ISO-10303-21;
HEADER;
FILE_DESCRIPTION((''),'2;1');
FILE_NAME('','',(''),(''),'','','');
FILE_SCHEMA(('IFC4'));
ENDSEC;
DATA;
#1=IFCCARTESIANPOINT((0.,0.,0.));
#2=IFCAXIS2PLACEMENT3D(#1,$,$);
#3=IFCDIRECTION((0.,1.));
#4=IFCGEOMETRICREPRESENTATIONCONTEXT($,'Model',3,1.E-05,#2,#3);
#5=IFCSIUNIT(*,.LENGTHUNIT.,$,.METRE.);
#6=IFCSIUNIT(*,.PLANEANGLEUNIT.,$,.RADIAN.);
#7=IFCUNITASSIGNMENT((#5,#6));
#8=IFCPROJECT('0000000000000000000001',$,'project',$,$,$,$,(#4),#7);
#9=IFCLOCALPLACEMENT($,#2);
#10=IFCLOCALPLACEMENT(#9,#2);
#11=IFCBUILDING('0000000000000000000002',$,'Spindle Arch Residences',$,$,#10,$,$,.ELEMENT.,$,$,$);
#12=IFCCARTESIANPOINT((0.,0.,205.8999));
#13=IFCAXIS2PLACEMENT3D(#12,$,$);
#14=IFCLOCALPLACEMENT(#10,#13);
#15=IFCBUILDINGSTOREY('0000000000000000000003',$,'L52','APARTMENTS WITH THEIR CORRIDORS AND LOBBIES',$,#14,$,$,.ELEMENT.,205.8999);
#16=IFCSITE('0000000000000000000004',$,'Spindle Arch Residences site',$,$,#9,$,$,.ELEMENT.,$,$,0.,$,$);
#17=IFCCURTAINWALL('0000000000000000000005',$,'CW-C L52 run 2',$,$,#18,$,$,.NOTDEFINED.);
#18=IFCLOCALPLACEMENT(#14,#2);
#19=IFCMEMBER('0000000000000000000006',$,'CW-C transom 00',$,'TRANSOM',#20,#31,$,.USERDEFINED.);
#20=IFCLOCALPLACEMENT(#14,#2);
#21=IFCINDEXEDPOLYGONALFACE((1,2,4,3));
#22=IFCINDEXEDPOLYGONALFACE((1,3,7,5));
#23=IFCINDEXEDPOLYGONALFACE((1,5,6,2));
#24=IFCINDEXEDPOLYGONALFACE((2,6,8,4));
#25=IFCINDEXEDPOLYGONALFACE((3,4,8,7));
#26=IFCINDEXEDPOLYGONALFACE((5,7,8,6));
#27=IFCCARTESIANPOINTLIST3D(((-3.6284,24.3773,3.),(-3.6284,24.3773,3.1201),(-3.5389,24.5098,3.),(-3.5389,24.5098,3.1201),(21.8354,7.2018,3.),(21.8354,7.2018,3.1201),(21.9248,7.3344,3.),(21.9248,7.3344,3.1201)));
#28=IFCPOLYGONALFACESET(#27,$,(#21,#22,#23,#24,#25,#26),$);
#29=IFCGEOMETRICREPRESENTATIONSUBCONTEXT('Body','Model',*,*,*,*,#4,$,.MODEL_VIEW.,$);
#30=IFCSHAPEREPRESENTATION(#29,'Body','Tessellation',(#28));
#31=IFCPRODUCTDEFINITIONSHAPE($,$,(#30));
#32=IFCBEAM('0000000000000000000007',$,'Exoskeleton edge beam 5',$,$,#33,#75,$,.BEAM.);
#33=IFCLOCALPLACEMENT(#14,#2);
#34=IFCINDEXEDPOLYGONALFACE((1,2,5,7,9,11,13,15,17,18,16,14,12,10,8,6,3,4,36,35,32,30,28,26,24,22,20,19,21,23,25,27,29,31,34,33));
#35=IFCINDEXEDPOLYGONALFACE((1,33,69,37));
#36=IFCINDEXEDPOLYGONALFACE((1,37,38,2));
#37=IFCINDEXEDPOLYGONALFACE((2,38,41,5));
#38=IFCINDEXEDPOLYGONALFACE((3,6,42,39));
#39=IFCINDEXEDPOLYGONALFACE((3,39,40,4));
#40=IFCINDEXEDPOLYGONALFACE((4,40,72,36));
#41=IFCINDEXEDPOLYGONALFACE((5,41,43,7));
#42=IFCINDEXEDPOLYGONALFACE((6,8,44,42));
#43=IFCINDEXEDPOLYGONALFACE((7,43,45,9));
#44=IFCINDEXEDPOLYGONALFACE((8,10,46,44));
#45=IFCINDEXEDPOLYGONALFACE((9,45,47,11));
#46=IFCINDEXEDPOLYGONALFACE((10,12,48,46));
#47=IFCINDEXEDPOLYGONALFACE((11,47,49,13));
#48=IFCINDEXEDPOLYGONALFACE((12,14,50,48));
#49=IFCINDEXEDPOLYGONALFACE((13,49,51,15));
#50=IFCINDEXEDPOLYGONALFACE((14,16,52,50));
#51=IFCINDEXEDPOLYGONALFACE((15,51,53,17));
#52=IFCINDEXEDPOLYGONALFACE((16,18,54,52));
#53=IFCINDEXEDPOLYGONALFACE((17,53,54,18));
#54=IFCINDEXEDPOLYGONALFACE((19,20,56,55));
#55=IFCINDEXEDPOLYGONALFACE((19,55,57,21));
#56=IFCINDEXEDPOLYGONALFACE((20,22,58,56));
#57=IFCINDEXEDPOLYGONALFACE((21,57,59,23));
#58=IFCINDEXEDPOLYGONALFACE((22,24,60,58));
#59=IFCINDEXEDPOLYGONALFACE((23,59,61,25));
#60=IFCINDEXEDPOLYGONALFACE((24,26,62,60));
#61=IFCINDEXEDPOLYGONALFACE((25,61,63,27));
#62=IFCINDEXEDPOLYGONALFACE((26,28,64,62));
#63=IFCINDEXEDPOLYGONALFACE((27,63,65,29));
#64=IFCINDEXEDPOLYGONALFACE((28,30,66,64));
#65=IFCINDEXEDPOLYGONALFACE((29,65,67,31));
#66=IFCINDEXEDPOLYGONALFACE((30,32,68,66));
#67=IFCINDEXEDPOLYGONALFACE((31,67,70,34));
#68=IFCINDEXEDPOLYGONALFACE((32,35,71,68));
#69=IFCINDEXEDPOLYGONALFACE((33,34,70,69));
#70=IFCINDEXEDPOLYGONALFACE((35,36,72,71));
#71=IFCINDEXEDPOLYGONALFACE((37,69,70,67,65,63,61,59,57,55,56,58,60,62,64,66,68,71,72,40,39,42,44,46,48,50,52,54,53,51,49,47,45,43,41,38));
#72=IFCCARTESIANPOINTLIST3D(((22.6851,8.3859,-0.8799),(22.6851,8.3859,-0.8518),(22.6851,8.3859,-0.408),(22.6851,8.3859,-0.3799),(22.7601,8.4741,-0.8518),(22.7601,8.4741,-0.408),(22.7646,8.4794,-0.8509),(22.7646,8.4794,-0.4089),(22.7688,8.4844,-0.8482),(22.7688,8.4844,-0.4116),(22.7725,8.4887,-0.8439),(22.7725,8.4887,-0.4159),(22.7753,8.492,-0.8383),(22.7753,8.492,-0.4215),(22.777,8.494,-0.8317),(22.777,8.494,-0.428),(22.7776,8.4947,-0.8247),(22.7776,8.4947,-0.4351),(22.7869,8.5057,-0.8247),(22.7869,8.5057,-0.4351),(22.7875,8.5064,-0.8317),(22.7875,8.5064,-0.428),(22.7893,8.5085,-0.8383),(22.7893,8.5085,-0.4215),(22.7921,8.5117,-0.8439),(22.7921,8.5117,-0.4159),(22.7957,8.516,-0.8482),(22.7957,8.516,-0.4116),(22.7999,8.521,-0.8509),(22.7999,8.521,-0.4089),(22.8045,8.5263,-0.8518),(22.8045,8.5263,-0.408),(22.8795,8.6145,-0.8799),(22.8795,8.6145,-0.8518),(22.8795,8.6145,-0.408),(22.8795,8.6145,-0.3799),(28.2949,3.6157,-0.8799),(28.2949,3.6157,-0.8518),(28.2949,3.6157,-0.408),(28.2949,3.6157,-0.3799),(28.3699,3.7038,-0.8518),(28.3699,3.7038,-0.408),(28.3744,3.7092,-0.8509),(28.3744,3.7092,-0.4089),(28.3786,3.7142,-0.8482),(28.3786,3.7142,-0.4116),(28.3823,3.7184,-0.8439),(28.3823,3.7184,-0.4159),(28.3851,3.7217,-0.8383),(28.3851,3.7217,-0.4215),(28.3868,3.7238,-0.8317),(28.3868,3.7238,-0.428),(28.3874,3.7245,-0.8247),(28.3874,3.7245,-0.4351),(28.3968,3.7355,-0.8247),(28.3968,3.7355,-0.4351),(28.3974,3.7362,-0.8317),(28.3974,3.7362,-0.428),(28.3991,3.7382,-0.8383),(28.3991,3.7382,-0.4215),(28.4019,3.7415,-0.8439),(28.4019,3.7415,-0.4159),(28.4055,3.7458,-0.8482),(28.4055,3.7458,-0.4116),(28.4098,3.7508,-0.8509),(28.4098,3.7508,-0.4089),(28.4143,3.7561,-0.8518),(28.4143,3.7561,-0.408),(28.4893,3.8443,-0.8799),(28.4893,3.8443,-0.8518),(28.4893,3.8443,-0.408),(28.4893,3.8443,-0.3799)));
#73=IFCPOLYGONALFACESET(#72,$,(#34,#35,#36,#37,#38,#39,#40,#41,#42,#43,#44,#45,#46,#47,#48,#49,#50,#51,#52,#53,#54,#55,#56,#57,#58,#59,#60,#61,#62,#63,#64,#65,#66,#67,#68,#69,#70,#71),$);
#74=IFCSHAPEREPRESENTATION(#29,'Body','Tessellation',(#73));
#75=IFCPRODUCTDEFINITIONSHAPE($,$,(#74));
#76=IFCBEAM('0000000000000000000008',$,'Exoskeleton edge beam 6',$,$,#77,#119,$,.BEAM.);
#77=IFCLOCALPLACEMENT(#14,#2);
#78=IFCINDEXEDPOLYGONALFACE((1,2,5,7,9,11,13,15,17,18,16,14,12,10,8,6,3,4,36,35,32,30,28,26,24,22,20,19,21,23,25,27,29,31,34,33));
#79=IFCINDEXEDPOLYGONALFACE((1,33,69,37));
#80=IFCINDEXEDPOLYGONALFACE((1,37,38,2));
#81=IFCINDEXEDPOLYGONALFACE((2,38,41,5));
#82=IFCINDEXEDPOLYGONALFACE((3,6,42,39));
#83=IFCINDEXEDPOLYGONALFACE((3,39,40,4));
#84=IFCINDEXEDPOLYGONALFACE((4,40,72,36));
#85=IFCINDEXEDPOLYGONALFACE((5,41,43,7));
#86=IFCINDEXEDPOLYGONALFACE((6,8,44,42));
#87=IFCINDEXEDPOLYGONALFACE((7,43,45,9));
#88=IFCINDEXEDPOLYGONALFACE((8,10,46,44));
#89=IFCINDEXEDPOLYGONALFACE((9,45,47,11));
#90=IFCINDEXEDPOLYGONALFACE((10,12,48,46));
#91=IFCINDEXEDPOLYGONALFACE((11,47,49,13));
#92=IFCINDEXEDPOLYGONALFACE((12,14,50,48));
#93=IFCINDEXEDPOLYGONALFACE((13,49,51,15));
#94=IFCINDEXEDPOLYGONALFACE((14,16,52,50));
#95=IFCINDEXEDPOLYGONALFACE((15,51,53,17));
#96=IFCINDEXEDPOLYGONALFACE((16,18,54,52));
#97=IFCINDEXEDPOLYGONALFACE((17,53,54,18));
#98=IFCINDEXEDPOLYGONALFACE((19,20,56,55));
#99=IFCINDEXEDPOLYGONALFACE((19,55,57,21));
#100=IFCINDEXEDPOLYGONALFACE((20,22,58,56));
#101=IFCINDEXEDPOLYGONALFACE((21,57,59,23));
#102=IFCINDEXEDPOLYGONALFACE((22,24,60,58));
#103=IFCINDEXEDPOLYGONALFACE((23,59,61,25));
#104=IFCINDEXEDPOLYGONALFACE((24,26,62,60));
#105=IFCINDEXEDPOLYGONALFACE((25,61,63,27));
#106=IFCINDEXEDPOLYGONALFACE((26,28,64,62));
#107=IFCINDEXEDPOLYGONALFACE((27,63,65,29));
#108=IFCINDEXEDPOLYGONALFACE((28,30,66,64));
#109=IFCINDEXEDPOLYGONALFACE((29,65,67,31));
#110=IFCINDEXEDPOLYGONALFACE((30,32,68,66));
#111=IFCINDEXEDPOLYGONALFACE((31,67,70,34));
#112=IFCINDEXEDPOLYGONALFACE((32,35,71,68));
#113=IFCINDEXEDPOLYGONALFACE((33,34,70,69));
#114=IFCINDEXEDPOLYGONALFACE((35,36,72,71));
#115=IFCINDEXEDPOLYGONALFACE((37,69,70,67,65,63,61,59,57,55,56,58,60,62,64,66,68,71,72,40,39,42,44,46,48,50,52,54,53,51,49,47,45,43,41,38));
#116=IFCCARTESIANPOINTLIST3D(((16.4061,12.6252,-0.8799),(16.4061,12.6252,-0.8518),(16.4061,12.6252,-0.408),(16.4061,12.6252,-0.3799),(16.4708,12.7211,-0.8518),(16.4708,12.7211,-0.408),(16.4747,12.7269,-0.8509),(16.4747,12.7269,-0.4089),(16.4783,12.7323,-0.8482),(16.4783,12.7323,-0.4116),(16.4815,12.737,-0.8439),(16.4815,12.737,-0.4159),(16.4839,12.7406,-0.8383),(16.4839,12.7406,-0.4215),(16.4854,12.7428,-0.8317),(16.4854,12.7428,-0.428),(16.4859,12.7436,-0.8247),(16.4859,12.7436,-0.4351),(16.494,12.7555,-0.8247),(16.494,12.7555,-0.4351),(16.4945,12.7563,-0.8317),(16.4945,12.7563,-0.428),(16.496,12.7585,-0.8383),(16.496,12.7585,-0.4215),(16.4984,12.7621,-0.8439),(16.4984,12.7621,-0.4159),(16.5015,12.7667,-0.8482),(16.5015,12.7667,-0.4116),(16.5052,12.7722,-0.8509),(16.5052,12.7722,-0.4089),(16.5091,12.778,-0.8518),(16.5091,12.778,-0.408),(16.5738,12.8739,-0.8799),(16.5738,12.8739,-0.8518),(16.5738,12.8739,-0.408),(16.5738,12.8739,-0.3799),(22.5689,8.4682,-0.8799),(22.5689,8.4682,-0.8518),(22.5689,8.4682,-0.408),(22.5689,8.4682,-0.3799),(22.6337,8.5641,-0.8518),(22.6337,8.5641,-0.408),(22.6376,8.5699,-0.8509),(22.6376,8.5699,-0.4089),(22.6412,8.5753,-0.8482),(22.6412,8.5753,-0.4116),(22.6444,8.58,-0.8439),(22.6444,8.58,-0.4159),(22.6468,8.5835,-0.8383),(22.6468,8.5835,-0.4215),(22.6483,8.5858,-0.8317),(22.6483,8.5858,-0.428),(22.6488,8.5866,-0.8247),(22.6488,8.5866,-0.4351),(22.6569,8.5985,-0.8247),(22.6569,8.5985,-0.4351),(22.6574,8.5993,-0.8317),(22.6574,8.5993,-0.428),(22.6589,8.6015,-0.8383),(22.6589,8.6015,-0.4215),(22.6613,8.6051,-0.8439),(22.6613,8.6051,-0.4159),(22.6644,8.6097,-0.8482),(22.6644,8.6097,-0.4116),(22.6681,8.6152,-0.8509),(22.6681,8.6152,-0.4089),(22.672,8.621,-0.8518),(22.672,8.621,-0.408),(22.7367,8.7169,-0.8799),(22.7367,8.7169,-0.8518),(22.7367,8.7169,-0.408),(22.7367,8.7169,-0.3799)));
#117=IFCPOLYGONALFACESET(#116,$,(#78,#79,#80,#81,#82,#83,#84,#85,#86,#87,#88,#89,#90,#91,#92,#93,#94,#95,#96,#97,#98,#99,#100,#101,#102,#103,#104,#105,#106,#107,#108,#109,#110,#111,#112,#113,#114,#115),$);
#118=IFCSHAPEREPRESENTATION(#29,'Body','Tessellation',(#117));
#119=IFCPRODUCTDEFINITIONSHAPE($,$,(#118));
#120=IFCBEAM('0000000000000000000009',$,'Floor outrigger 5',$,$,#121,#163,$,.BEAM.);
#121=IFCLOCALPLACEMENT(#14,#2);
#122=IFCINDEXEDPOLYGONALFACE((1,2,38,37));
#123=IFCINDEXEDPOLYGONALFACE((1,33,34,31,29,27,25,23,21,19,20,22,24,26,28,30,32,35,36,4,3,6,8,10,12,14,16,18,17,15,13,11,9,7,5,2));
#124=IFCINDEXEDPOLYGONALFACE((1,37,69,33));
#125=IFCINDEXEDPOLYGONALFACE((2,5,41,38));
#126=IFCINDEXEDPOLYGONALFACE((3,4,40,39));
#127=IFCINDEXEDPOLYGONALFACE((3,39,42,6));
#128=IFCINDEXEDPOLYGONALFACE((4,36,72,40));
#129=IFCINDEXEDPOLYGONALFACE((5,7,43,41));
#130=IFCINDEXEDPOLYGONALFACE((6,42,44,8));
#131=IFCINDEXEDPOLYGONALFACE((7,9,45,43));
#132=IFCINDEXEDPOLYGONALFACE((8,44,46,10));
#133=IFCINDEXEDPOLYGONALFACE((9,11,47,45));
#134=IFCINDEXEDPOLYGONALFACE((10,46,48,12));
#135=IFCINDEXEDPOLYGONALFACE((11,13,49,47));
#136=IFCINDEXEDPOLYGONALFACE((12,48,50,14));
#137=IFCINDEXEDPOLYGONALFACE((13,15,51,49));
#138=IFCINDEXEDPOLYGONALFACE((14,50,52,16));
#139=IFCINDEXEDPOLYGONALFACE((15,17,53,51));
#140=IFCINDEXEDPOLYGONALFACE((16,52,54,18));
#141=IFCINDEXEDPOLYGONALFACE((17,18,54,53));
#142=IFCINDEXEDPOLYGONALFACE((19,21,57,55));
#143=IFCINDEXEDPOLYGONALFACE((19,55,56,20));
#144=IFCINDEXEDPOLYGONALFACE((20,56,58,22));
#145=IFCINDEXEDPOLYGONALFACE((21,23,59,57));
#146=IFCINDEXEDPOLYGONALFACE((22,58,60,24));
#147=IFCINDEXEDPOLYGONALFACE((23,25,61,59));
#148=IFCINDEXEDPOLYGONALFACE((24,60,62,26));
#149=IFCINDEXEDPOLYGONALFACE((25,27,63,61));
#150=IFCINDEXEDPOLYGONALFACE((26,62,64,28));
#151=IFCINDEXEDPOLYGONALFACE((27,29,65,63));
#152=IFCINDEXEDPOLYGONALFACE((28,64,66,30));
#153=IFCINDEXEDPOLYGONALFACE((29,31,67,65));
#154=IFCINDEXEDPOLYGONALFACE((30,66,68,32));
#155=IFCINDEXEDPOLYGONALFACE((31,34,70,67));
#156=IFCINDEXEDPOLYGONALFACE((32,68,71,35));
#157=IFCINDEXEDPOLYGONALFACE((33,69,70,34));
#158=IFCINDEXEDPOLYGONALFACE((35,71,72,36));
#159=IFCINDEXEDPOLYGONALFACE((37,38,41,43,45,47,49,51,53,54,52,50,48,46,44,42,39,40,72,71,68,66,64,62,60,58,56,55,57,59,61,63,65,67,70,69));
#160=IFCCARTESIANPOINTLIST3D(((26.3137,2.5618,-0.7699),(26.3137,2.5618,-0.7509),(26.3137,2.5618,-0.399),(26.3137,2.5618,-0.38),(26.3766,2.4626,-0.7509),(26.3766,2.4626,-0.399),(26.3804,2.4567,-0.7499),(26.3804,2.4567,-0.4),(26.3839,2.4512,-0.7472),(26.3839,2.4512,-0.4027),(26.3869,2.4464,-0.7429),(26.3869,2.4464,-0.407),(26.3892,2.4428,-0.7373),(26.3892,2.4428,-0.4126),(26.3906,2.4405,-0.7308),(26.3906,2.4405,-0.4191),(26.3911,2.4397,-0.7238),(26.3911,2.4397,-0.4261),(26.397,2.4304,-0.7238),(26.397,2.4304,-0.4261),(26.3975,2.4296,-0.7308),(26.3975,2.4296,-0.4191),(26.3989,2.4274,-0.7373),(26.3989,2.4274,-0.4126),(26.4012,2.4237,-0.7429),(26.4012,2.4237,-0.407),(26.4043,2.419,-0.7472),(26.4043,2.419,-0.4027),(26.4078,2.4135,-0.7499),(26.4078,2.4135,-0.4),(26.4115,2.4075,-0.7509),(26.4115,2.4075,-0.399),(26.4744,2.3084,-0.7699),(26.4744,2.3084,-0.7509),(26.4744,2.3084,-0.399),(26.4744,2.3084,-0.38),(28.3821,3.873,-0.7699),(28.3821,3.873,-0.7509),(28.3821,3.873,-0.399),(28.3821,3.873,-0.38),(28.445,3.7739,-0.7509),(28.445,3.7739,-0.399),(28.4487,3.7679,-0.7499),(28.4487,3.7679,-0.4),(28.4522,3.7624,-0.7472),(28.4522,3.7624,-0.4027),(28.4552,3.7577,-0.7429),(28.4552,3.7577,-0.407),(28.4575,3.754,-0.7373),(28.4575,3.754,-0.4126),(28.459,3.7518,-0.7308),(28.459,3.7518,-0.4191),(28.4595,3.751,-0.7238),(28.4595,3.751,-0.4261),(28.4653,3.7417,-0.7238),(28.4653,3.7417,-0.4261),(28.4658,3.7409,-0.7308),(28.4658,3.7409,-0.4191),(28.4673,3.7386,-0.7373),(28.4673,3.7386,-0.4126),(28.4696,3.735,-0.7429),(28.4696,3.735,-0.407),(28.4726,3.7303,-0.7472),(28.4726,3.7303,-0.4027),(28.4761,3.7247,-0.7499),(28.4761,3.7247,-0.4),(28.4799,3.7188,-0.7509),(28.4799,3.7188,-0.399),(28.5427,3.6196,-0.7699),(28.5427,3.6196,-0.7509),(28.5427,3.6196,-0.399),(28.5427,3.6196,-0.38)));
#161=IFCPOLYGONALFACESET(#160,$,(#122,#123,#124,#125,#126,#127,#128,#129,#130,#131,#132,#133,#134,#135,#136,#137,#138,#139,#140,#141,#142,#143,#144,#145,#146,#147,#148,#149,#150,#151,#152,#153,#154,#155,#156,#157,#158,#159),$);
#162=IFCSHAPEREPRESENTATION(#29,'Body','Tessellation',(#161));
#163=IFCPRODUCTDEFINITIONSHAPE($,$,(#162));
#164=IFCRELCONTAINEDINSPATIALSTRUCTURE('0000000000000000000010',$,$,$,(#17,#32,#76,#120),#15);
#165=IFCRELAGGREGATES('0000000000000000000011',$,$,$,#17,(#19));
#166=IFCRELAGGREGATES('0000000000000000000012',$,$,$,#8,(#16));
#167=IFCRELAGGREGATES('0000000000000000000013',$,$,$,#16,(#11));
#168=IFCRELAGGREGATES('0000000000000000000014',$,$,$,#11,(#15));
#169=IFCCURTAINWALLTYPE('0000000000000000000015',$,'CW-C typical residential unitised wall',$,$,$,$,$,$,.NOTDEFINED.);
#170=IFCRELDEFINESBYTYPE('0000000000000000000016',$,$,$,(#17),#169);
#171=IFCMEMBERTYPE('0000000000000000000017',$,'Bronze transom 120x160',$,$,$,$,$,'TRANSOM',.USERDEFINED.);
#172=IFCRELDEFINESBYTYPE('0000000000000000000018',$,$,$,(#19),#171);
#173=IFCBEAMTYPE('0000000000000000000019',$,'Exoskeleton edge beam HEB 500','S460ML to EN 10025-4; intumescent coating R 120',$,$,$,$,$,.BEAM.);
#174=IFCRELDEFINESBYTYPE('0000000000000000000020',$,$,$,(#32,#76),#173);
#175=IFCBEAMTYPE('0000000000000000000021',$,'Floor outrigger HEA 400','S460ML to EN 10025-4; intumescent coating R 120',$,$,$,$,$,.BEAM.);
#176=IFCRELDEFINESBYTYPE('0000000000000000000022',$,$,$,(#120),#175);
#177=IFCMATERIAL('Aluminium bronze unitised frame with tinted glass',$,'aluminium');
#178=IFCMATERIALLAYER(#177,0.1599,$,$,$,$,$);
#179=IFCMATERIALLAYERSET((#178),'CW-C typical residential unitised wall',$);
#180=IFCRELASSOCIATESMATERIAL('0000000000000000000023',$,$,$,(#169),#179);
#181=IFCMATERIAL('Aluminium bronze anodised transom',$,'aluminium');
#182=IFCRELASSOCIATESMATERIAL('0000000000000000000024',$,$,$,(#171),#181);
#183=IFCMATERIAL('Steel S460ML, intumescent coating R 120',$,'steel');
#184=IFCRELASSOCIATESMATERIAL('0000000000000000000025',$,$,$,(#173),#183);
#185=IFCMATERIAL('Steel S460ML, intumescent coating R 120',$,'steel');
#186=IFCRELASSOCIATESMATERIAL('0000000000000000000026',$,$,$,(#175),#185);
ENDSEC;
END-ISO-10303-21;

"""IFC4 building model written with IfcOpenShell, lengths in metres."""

from ifc_helpers import new_model, si_unit, direction, frame, origin, origin_2d, place, context, subcontext, project, spatial, rectangle, i_section, extrude, material, layer, layer_set, material_profile, profile_set, type_object, element, aggregate, save


model = new_model("IFC4")

# Units and contexts
model_context = context("Model", 3, precision=1e-05, world=origin(), true_north=direction((0.0, 1.0)))
body_context = subcontext(model_context, "Body", "Model", "MODEL_VIEW")
ifc_project = project(units=[si_unit("LENGTHUNIT", "METRE"), si_unit("PLANEANGLEUNIT", "RADIAN")], contexts=[model_context])

# Site, building, storey
site_placement = place(None, origin())
site = spatial("IfcSite", under=ifc_project, at=site_placement, Name="Spindle Arch Residences site", CompositionType="ELEMENT", RefElevation=0.0)
building_placement = place(site_placement, origin())
building = spatial("IfcBuilding", under=site, at=building_placement, Name="Spindle Arch Residences", CompositionType="ELEMENT")
storey_placement = place(building_placement, frame((0.0, 0.0, 205.8999)))
storey = spatial("IfcBuildingStorey", under=building, at=storey_placement, Name="L52", Description="APARTMENTS WITH THEIR CORRIDORS AND LOBBIES", CompositionType="ELEMENT", Elevation=205.8999)

# Curtain wall
ifc_material_1 = material(Name="Aluminium bronze unitised frame with tinted glass", Category="aluminium")
ifc_layer_1 = layer(ifc_material_1, 0.1599)
ifc_layer_set_1 = layer_set([ifc_layer_1], Name="CW-C typical residential unitised wall")
curtain_wall_type_1 = type_object("IfcCurtainWallType", Name="CW-C typical residential unitised wall", PredefinedType="NOTDEFINED", material=ifc_layer_set_1)
curtain_wall_1_placement = place(storey_placement, origin())
curtain_wall_1 = element("IfcCurtainWall", 1, at=curtain_wall_1_placement, inside=storey, type_object=curtain_wall_type_1, Name="CW-C L52 run 2", PredefinedType="NOTDEFINED")

# Member
ifc_material_2 = material(Name="Aluminium bronze anodised transom", Category="aluminium")
ifc_material_profile_1 = material_profile(ifc_material_2, rectangle(XDim=0.1599, YDim=0.1201, at=origin_2d()), Name="TR 120x160")
ifc_profile_set_1 = profile_set([ifc_material_profile_1], Name="Aluminium bronze anodised transom")
member_type_1 = type_object("IfcMemberType", Name="Bronze transom 120x160", ElementType="TRANSOM", PredefinedType="USERDEFINED", material=ifc_profile_set_1)
member_1_placement = place(storey_placement, frame((21.8801, 7.2681, 3.0601), z_axis=(-0.829038, 0.559192, 0.0), x_axis=(-0.559192, -0.829038, 0.0)))
member_1 = element("IfcMember", 2, at=member_1_placement, type_object=member_type_1, Name="CW-C transom 00", ObjectType="TRANSOM", PredefinedType="USERDEFINED", context=body_context, shape_type="SweptSolid", body=[
    extrude(rectangle(XDim=0.1599, YDim=0.1201, at=origin_2d()), origin(), (0.0, 0.0, 1.0), 30.7148),
])

# Beams
ifc_material_3 = material(Name="Steel S460ML, intumescent coating R 120", Category="steel")
ifc_material_profile_2 = material_profile(ifc_material_3, i_section(OverallWidth=0.3, OverallDepth=0.5, WebThickness=0.0144, FlangeThickness=0.0281, FilletRadius=0.0271, at=origin_2d()), Name="HEB 500")
ifc_profile_set_2 = profile_set([ifc_material_profile_2], Name="Steel S460ML, intumescent coating R 120")
beam_type_1 = type_object("IfcBeamType", Name="Exoskeleton edge beam HEB 500", Description="S460ML to EN 10025-4; intumescent coating R 120", PredefinedType="BEAM", material=ifc_profile_set_2)
beam_1_placement = place(storey_placement, frame((28.3921, 3.73, -0.6299), z_axis=(-0.761813, 0.647797, 0.0), x_axis=(-0.647797, -0.761813, 0.0)))
element("IfcBeam", 3, at=beam_1_placement, inside=storey, type_object=beam_type_1, Name="Exoskeleton edge beam 5", PredefinedType="BEAM", context=body_context, shape_type="SweptSolid", body=[
    extrude(i_section(OverallWidth=0.3, OverallDepth=0.5, WebThickness=0.0144, FlangeThickness=0.0281, FilletRadius=0.0271, at=origin_2d()), origin(), (0.0, 0.0, 1.0), 7.3638),
])
beam_2_placement = place(storey_placement, frame((22.6528, 8.5925, -0.6299), z_axis=(-0.829032, 0.559202, 0.0), x_axis=(-0.559202, -0.829032, 0.0)))
element("IfcBeam", 4, at=beam_2_placement, inside=storey, type_object=beam_type_1, Name="Exoskeleton edge beam 6", PredefinedType="BEAM", context=body_context, shape_type="SweptSolid", body=[
    extrude(i_section(OverallWidth=0.3, OverallDepth=0.5, WebThickness=0.0144, FlangeThickness=0.0281, FilletRadius=0.0271, at=origin_2d()), origin(), (0.0, 0.0, 1.0), 7.4338),
])
ifc_material_4 = material(Name="Steel S460ML, intumescent coating R 120", Category="steel")
ifc_material_profile_3 = material_profile(ifc_material_4, i_section(OverallWidth=0.3, OverallDepth=0.3899, WebThickness=0.011, FlangeThickness=0.019, FilletRadius=0.0271, at=origin_2d()), Name="HEA 400")
ifc_profile_set_3 = profile_set([ifc_material_profile_3], Name="Steel S460ML, intumescent coating R 120")
beam_type_2 = type_object("IfcBeamType", Name="Floor outrigger HEA 400", Description="S460ML to EN 10025-4; intumescent coating R 120", PredefinedType="BEAM", material=ifc_profile_set_3)
beam_3_placement = place(storey_placement, frame((28.4624, 3.7463, -0.575), z_axis=(-0.844576, -0.535436, 0.0), x_axis=(0.535436, -0.844576, 0.0)))
element("IfcBeam", 5, at=beam_3_placement, inside=storey, type_object=beam_type_2, Name="Floor outrigger 5", PredefinedType="BEAM", context=body_context, shape_type="SweptSolid", body=[
    extrude(i_section(OverallWidth=0.3, OverallDepth=0.3899, WebThickness=0.011, FlangeThickness=0.019, FilletRadius=0.0271, at=origin_2d()), origin(), (0.0, 0.0, 1.0), 2.449),
])

aggregate(curtain_wall_1, [member_1])

save(model, "model.ifc")
